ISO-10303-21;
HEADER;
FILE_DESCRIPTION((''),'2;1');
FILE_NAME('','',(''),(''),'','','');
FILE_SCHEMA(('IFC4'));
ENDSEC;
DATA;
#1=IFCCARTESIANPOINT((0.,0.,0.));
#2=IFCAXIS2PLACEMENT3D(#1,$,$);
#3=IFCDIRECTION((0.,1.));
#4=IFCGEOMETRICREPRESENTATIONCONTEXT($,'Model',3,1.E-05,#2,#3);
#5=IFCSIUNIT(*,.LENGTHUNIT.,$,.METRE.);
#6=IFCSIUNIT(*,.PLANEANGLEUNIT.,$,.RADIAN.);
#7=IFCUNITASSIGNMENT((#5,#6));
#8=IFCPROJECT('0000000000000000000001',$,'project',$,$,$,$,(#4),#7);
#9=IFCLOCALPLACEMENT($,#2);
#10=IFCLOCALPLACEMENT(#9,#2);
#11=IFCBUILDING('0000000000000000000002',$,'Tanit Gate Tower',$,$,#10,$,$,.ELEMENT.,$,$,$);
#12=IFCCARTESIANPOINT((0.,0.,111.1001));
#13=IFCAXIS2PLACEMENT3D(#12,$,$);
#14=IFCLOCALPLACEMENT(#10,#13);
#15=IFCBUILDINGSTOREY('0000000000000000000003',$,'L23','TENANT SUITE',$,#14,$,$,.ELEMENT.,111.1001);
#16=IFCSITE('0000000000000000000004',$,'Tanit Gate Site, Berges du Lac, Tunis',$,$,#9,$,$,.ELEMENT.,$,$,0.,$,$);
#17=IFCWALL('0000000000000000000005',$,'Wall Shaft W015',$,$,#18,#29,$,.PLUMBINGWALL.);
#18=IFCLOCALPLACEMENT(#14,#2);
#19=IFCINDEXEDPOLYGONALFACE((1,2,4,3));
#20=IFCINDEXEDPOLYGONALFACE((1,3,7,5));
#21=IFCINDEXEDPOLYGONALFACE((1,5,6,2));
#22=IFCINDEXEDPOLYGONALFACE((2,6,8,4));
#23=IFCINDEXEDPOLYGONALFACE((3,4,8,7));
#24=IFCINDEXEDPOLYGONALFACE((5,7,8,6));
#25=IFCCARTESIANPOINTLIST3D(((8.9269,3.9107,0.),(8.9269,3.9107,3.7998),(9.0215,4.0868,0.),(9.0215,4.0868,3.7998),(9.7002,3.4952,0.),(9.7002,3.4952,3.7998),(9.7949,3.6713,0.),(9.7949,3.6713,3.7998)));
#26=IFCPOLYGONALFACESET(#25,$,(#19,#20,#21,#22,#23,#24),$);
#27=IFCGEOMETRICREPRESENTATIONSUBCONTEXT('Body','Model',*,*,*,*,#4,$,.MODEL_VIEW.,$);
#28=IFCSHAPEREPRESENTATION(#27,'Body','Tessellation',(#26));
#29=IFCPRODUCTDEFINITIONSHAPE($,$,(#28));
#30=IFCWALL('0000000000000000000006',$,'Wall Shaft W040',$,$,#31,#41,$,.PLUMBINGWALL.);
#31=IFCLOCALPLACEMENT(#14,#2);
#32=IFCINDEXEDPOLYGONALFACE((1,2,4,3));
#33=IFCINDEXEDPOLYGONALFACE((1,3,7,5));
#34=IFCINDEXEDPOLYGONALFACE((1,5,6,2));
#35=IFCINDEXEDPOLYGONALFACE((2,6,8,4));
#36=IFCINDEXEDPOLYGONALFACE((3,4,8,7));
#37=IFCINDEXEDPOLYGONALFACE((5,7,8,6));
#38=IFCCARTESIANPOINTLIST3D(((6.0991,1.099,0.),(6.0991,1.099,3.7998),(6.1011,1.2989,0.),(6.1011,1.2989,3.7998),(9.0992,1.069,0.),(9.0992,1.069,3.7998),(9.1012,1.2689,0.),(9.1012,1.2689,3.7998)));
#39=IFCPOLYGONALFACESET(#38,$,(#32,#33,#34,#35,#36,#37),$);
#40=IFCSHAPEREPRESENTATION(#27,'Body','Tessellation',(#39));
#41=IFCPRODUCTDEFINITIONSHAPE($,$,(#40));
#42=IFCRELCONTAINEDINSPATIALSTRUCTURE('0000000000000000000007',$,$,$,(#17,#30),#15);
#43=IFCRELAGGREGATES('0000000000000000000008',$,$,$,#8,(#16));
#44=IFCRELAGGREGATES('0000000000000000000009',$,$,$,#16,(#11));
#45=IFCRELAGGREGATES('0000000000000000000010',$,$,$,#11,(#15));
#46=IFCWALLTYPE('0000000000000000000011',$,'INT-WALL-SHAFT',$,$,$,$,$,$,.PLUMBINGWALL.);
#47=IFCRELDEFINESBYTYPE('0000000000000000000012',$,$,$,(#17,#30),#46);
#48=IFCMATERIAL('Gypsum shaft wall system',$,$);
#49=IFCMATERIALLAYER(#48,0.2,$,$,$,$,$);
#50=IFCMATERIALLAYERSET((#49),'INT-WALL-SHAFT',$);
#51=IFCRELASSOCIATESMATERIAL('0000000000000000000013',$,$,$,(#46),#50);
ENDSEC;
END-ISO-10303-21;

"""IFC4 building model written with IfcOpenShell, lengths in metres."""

from ifc_helpers import new_model, si_unit, direction, frame, frame_2d, origin, place, context, subcontext, project, spatial, rectangle, extrude, material, layer, layer_set, type_object, element, save


model = new_model("IFC4")

# Units and contexts
model_context = context("Model", 3, precision=1e-05, world=origin(), true_north=direction((0.0, 1.0)))
body_context = subcontext(model_context, "Body", "Model", "MODEL_VIEW")
ifc_project = project(units=[si_unit("LENGTHUNIT", "METRE"), si_unit("PLANEANGLEUNIT", "RADIAN")], contexts=[model_context])

# Site, building, storey
site_placement = place(None, origin())
site = spatial("IfcSite", under=ifc_project, at=site_placement, Name="Tanit Gate Site, Berges du Lac, Tunis", CompositionType="ELEMENT", RefElevation=0.0)
building_placement = place(site_placement, origin())
building = spatial("IfcBuilding", under=site, at=building_placement, Name="Tanit Gate Tower", CompositionType="ELEMENT")
storey_placement = place(building_placement, frame((0.0, 0.0, 111.1001)))
storey = spatial("IfcBuildingStorey", under=building, at=storey_placement, Name="L23", Description="TENANT SUITE", CompositionType="ELEMENT", Elevation=111.1001)

# Wall
ifc_material_1 = material(Name="Gypsum shaft wall system")
ifc_layer_1 = layer(ifc_material_1, 0.2)
ifc_layer_set_1 = layer_set([ifc_layer_1], Name="INT-WALL-SHAFT")
wall_type_1 = type_object("IfcWallType", Name="INT-WALL-SHAFT", PredefinedType="PLUMBINGWALL", material=ifc_layer_set_1)
wall_1_placement = place(storey_placement, frame((9.7476, 3.5833, 0.0), z_axis=(0.0, 0.0, 1.0), x_axis=(-0.880917, 0.473271, 0.0)))
element("IfcWall", 1, at=wall_1_placement, inside=storey, type_object=wall_type_1, Name="Wall Shaft W015", PredefinedType="PLUMBINGWALL", context=body_context, shape_type="SweptSolid", body=[
    extrude(rectangle(XDim=0.8779, YDim=0.2, at=frame_2d((0.439, 0.0))), origin(), (0.0, 0.0, 1.0), 3.7998),
])

# Wall
wall_2_placement = place(storey_placement, frame((9.1001, 1.1689, 0.0), z_axis=(0.0, 0.0, 1.0), x_axis=(-0.99995, 0.010009, 0.0)))
element("IfcWall", 2, at=wall_2_placement, inside=storey, type_object=wall_type_1, Name="Wall Shaft W040", PredefinedType="PLUMBINGWALL", context=body_context, shape_type="SweptSolid", body=[
    extrude(rectangle(XDim=3.0002, YDim=0.2, at=frame_2d((1.5, 0.0))), origin(), (0.0, 0.0, 1.0), 3.7998),
])

save(model, "model.ifc")
